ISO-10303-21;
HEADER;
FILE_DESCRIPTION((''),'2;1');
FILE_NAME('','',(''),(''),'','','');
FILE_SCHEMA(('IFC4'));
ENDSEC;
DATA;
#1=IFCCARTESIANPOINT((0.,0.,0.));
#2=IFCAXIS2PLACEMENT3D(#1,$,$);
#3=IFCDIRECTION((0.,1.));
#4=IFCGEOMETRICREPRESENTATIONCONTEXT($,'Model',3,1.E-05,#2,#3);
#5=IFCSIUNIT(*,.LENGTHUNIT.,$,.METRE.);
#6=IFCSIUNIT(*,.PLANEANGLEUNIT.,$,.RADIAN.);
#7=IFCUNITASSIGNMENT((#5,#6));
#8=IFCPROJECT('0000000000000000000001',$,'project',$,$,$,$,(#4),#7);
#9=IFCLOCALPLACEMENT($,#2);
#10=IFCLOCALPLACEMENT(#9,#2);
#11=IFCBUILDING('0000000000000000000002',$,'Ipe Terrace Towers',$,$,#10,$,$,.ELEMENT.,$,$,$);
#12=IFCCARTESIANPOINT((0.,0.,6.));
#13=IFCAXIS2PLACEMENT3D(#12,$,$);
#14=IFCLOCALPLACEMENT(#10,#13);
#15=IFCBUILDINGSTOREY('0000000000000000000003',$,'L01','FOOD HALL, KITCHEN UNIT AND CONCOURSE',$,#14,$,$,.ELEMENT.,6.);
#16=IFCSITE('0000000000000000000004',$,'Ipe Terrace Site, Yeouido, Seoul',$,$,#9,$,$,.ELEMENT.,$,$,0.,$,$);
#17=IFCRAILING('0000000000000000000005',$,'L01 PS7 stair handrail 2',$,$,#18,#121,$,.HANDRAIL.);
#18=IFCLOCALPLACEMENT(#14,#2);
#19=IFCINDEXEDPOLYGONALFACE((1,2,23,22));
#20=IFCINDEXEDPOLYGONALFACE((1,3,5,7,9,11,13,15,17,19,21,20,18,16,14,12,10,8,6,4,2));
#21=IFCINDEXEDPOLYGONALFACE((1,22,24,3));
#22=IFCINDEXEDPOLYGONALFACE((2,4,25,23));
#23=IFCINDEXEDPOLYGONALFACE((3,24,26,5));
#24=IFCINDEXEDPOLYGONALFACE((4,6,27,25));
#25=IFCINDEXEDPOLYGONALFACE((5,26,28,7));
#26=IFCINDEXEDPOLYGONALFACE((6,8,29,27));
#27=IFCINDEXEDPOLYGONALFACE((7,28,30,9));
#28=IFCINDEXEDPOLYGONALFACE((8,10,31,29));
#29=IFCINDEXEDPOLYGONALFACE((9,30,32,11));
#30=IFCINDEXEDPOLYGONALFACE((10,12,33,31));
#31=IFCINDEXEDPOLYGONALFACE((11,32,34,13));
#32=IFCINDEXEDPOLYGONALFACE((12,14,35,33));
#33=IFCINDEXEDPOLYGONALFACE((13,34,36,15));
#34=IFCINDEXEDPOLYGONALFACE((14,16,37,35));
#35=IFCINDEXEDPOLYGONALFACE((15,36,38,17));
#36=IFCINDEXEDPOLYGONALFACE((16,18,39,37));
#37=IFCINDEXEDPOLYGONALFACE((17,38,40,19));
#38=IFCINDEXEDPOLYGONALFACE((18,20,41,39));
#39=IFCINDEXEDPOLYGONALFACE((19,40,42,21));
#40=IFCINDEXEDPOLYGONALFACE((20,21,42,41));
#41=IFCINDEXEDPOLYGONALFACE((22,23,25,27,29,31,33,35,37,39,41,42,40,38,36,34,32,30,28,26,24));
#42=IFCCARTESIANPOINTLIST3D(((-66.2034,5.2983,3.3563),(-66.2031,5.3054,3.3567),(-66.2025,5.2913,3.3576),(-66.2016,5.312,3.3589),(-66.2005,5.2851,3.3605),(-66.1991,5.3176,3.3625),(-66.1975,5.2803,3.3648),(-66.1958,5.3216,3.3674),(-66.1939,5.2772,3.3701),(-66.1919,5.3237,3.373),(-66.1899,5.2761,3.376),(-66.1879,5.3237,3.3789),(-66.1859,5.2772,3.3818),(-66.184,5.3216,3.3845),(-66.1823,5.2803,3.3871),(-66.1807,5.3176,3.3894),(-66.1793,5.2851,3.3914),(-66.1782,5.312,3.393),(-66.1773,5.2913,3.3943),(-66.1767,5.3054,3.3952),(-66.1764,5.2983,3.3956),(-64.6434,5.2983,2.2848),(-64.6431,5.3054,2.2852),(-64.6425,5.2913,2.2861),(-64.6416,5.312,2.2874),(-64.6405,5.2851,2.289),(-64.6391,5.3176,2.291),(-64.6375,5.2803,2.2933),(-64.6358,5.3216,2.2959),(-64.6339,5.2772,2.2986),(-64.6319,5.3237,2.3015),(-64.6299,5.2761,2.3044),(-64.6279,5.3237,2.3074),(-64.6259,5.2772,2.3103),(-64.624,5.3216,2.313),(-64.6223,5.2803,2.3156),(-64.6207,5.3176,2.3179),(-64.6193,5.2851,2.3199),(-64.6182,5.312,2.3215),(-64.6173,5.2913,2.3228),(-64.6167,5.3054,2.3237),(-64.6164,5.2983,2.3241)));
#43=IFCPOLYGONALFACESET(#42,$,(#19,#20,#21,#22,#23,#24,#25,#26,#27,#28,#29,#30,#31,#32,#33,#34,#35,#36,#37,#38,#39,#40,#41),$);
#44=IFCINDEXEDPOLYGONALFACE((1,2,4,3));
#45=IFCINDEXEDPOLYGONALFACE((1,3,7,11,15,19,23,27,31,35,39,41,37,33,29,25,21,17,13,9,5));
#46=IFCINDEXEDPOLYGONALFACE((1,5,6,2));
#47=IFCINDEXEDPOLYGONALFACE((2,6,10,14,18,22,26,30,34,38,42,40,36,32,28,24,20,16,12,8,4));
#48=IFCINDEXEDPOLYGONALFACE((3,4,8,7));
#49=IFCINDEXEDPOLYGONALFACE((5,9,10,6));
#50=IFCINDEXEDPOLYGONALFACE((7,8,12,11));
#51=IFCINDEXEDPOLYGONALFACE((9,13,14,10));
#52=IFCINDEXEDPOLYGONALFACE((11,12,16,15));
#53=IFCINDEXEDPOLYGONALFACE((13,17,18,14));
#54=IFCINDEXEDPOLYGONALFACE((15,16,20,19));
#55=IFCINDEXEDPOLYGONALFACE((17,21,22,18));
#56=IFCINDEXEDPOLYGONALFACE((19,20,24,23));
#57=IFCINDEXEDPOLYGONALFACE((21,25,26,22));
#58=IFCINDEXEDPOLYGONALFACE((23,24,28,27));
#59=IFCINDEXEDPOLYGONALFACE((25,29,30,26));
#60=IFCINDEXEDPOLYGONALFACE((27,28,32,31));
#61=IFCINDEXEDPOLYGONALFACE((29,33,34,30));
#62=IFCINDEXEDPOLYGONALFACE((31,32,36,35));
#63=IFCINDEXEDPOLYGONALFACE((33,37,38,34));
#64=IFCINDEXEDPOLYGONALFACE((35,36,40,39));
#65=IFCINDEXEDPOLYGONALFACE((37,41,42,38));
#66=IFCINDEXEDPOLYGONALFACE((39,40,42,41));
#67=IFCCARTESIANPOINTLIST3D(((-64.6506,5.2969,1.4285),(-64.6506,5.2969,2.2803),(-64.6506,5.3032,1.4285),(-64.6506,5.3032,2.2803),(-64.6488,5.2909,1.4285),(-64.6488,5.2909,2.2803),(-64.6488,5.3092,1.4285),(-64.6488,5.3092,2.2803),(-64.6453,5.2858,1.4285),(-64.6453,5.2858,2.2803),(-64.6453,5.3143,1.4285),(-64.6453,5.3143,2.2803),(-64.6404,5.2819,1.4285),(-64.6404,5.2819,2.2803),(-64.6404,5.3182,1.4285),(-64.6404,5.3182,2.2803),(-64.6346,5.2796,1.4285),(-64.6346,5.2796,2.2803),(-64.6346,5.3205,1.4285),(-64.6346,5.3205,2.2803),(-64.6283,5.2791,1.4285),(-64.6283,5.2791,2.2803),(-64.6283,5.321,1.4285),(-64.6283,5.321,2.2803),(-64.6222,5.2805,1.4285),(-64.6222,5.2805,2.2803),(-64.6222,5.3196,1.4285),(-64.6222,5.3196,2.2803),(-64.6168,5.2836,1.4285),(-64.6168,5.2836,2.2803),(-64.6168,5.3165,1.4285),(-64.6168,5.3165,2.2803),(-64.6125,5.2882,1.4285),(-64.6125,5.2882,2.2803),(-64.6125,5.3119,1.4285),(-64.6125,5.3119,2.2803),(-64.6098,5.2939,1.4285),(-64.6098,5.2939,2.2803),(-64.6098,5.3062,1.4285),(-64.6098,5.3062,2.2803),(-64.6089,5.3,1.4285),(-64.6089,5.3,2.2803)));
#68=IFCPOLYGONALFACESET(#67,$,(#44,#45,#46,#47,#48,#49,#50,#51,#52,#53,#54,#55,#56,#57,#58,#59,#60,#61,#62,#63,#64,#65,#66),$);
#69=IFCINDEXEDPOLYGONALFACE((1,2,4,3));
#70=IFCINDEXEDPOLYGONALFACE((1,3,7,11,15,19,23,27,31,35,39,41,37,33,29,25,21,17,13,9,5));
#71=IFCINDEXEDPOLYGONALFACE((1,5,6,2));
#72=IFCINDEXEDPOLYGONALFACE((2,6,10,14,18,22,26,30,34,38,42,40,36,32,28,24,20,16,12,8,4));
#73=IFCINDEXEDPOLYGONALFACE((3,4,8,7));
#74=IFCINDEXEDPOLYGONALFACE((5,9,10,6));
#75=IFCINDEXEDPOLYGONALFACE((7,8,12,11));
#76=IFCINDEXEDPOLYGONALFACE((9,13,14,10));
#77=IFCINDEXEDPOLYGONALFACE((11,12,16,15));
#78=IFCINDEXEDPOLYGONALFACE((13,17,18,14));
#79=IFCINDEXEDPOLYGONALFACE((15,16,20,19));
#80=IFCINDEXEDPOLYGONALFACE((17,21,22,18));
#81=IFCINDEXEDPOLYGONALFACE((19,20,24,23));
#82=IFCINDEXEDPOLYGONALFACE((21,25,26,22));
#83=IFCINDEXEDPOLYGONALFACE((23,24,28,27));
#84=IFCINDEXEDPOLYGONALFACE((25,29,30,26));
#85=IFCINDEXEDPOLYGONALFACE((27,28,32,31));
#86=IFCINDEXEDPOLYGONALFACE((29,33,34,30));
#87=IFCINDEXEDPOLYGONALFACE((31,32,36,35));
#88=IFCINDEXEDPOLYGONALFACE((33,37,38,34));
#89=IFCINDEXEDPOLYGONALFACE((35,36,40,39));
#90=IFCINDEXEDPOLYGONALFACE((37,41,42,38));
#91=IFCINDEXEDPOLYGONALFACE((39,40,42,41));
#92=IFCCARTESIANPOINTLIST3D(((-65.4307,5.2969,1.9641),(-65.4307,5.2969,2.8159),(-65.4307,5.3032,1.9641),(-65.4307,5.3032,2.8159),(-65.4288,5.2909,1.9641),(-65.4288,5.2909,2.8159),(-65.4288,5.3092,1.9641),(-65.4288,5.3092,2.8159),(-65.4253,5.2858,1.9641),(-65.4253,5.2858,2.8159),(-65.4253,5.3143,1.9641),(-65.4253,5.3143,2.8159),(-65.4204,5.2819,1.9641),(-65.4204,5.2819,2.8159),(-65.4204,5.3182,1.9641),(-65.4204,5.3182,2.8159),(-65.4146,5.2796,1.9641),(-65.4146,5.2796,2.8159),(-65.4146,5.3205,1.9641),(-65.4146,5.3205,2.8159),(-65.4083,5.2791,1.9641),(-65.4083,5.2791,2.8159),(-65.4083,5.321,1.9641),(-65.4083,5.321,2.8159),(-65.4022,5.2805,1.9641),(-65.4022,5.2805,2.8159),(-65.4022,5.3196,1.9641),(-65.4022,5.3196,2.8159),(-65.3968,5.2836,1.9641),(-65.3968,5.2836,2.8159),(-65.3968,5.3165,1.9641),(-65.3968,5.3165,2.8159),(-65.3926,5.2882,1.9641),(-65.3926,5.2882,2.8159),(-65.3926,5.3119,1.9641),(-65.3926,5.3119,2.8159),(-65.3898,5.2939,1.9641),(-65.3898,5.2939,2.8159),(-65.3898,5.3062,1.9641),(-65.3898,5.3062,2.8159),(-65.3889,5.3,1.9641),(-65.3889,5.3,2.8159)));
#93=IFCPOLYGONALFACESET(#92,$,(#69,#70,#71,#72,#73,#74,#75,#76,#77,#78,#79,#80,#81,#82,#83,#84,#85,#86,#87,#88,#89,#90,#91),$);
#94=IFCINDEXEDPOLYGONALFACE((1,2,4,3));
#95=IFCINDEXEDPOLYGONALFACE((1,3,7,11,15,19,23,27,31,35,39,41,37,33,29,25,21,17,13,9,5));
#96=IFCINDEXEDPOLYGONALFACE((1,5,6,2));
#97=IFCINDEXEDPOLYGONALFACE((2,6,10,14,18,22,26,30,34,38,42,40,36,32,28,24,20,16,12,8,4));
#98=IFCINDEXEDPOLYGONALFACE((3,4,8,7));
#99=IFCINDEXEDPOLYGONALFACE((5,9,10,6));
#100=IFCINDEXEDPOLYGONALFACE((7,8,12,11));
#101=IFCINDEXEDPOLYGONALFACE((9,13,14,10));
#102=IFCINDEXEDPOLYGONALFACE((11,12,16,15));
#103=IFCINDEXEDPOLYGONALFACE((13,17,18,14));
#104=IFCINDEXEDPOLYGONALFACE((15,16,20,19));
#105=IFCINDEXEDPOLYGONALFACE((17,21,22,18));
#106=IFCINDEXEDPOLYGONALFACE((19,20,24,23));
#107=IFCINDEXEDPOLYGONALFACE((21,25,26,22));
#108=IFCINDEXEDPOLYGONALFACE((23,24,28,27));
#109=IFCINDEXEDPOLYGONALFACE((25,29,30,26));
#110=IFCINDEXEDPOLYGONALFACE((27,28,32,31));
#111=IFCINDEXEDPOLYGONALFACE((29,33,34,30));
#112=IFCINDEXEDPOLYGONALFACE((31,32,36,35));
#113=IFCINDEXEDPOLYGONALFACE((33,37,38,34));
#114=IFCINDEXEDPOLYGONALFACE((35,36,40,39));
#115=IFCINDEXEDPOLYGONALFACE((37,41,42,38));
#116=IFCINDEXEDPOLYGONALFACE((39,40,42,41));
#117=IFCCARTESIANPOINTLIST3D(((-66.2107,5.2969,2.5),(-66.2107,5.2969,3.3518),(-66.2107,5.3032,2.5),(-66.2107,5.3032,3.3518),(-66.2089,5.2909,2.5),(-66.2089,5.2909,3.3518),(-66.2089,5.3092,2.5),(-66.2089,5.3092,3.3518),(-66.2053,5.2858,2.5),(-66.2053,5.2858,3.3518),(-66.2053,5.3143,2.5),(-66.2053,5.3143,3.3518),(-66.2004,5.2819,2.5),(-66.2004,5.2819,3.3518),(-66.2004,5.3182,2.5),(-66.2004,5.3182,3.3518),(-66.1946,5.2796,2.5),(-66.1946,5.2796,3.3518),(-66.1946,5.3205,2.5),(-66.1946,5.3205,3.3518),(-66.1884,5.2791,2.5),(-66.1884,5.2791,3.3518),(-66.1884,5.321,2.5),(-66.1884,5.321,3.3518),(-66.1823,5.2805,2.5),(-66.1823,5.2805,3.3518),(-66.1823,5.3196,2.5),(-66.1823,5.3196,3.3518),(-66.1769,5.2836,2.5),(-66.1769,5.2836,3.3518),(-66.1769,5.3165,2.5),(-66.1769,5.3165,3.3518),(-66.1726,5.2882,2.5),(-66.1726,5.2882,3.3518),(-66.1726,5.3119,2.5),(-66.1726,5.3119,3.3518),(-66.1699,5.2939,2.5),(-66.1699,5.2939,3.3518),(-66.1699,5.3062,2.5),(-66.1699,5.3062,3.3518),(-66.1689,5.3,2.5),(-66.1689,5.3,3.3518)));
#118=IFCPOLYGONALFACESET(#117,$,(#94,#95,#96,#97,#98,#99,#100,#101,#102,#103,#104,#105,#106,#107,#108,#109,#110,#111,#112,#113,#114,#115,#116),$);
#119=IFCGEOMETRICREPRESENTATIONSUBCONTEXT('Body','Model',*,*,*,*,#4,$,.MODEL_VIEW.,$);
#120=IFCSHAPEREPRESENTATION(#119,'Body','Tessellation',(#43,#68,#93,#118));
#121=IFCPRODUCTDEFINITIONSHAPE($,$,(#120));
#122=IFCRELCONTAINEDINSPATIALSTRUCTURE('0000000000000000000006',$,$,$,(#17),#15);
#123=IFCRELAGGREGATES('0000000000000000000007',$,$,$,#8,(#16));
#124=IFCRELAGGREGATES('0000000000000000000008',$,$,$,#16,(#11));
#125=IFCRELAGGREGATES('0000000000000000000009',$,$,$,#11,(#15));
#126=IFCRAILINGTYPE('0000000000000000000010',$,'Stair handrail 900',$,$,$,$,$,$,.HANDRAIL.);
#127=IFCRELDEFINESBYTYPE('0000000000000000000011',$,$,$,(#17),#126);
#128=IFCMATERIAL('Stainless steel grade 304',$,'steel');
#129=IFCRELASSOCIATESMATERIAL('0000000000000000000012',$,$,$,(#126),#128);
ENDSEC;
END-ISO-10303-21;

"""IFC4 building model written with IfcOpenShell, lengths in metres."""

from ifc_helpers import new_model, si_unit, direction, frame, origin, origin_2d, place, context, subcontext, project, spatial, circle, extrude, material, type_object, element, save


model = new_model("IFC4")

# Units and contexts
model_context = context("Model", 3, precision=1e-05, world=origin(), true_north=direction((0.0, 1.0)))
body_context = subcontext(model_context, "Body", "Model", "MODEL_VIEW")
ifc_project = project(units=[si_unit("LENGTHUNIT", "METRE"), si_unit("PLANEANGLEUNIT", "RADIAN")], contexts=[model_context])

# Site, building, storey
site_placement = place(None, origin())
site = spatial("IfcSite", under=ifc_project, at=site_placement, Name="Ipe Terrace Site, Yeouido, Seoul", CompositionType="ELEMENT", RefElevation=0.0)
building_placement = place(site_placement, origin())
building = spatial("IfcBuilding", under=site, at=building_placement, Name="Ipe Terrace Towers", CompositionType="ELEMENT")
storey_placement = place(building_placement, frame((0.0, 0.0, 6.0)))
storey = spatial("IfcBuildingStorey", under=building, at=storey_placement, Name="L01", Description="FOOD HALL, KITCHEN UNIT AND CONCOURSE", CompositionType="ELEMENT", Elevation=6.0)

# Railing
ifc_material_1 = material(Name="Stainless steel grade 304", Category="steel")
railing_type_1 = type_object("IfcRailingType", Name="Stair handrail 900", PredefinedType="HANDRAIL", material=ifc_material_1)
railing_1_placement = place(storey_placement, frame((-64.6299, 5.3, 1.4285)))
element("IfcRailing", 1, at=railing_1_placement, inside=storey, type_object=railing_type_1, Name="L01 PS7 stair handrail 2", PredefinedType="HANDRAIL", context=body_context, shape_type="SweptSolid", body=[
    extrude(circle(Radius=0.0239, at=origin_2d()), frame((0.0, 0.0, 0.876), z_axis=(-0.82429, 0.0, 0.566167), x_axis=(0.0, -1.0, 0.0)), (0.0, 0.0, 1.0), 1.8926),
    extrude(circle(Radius=0.021, at=origin_2d()), origin(), (0.0, 0.0, 1.0), 0.8518),
    extrude(circle(Radius=0.021, at=origin_2d()), frame((-0.78, 0.0, 0.5356)), (0.0, 0.0, 1.0), 0.8518),
    extrude(circle(Radius=0.021, at=origin_2d()), frame((-1.5601, 0.0, 1.0715)), (0.0, 0.0, 1.0), 0.8518),
])

save(model, "model.ifc")
